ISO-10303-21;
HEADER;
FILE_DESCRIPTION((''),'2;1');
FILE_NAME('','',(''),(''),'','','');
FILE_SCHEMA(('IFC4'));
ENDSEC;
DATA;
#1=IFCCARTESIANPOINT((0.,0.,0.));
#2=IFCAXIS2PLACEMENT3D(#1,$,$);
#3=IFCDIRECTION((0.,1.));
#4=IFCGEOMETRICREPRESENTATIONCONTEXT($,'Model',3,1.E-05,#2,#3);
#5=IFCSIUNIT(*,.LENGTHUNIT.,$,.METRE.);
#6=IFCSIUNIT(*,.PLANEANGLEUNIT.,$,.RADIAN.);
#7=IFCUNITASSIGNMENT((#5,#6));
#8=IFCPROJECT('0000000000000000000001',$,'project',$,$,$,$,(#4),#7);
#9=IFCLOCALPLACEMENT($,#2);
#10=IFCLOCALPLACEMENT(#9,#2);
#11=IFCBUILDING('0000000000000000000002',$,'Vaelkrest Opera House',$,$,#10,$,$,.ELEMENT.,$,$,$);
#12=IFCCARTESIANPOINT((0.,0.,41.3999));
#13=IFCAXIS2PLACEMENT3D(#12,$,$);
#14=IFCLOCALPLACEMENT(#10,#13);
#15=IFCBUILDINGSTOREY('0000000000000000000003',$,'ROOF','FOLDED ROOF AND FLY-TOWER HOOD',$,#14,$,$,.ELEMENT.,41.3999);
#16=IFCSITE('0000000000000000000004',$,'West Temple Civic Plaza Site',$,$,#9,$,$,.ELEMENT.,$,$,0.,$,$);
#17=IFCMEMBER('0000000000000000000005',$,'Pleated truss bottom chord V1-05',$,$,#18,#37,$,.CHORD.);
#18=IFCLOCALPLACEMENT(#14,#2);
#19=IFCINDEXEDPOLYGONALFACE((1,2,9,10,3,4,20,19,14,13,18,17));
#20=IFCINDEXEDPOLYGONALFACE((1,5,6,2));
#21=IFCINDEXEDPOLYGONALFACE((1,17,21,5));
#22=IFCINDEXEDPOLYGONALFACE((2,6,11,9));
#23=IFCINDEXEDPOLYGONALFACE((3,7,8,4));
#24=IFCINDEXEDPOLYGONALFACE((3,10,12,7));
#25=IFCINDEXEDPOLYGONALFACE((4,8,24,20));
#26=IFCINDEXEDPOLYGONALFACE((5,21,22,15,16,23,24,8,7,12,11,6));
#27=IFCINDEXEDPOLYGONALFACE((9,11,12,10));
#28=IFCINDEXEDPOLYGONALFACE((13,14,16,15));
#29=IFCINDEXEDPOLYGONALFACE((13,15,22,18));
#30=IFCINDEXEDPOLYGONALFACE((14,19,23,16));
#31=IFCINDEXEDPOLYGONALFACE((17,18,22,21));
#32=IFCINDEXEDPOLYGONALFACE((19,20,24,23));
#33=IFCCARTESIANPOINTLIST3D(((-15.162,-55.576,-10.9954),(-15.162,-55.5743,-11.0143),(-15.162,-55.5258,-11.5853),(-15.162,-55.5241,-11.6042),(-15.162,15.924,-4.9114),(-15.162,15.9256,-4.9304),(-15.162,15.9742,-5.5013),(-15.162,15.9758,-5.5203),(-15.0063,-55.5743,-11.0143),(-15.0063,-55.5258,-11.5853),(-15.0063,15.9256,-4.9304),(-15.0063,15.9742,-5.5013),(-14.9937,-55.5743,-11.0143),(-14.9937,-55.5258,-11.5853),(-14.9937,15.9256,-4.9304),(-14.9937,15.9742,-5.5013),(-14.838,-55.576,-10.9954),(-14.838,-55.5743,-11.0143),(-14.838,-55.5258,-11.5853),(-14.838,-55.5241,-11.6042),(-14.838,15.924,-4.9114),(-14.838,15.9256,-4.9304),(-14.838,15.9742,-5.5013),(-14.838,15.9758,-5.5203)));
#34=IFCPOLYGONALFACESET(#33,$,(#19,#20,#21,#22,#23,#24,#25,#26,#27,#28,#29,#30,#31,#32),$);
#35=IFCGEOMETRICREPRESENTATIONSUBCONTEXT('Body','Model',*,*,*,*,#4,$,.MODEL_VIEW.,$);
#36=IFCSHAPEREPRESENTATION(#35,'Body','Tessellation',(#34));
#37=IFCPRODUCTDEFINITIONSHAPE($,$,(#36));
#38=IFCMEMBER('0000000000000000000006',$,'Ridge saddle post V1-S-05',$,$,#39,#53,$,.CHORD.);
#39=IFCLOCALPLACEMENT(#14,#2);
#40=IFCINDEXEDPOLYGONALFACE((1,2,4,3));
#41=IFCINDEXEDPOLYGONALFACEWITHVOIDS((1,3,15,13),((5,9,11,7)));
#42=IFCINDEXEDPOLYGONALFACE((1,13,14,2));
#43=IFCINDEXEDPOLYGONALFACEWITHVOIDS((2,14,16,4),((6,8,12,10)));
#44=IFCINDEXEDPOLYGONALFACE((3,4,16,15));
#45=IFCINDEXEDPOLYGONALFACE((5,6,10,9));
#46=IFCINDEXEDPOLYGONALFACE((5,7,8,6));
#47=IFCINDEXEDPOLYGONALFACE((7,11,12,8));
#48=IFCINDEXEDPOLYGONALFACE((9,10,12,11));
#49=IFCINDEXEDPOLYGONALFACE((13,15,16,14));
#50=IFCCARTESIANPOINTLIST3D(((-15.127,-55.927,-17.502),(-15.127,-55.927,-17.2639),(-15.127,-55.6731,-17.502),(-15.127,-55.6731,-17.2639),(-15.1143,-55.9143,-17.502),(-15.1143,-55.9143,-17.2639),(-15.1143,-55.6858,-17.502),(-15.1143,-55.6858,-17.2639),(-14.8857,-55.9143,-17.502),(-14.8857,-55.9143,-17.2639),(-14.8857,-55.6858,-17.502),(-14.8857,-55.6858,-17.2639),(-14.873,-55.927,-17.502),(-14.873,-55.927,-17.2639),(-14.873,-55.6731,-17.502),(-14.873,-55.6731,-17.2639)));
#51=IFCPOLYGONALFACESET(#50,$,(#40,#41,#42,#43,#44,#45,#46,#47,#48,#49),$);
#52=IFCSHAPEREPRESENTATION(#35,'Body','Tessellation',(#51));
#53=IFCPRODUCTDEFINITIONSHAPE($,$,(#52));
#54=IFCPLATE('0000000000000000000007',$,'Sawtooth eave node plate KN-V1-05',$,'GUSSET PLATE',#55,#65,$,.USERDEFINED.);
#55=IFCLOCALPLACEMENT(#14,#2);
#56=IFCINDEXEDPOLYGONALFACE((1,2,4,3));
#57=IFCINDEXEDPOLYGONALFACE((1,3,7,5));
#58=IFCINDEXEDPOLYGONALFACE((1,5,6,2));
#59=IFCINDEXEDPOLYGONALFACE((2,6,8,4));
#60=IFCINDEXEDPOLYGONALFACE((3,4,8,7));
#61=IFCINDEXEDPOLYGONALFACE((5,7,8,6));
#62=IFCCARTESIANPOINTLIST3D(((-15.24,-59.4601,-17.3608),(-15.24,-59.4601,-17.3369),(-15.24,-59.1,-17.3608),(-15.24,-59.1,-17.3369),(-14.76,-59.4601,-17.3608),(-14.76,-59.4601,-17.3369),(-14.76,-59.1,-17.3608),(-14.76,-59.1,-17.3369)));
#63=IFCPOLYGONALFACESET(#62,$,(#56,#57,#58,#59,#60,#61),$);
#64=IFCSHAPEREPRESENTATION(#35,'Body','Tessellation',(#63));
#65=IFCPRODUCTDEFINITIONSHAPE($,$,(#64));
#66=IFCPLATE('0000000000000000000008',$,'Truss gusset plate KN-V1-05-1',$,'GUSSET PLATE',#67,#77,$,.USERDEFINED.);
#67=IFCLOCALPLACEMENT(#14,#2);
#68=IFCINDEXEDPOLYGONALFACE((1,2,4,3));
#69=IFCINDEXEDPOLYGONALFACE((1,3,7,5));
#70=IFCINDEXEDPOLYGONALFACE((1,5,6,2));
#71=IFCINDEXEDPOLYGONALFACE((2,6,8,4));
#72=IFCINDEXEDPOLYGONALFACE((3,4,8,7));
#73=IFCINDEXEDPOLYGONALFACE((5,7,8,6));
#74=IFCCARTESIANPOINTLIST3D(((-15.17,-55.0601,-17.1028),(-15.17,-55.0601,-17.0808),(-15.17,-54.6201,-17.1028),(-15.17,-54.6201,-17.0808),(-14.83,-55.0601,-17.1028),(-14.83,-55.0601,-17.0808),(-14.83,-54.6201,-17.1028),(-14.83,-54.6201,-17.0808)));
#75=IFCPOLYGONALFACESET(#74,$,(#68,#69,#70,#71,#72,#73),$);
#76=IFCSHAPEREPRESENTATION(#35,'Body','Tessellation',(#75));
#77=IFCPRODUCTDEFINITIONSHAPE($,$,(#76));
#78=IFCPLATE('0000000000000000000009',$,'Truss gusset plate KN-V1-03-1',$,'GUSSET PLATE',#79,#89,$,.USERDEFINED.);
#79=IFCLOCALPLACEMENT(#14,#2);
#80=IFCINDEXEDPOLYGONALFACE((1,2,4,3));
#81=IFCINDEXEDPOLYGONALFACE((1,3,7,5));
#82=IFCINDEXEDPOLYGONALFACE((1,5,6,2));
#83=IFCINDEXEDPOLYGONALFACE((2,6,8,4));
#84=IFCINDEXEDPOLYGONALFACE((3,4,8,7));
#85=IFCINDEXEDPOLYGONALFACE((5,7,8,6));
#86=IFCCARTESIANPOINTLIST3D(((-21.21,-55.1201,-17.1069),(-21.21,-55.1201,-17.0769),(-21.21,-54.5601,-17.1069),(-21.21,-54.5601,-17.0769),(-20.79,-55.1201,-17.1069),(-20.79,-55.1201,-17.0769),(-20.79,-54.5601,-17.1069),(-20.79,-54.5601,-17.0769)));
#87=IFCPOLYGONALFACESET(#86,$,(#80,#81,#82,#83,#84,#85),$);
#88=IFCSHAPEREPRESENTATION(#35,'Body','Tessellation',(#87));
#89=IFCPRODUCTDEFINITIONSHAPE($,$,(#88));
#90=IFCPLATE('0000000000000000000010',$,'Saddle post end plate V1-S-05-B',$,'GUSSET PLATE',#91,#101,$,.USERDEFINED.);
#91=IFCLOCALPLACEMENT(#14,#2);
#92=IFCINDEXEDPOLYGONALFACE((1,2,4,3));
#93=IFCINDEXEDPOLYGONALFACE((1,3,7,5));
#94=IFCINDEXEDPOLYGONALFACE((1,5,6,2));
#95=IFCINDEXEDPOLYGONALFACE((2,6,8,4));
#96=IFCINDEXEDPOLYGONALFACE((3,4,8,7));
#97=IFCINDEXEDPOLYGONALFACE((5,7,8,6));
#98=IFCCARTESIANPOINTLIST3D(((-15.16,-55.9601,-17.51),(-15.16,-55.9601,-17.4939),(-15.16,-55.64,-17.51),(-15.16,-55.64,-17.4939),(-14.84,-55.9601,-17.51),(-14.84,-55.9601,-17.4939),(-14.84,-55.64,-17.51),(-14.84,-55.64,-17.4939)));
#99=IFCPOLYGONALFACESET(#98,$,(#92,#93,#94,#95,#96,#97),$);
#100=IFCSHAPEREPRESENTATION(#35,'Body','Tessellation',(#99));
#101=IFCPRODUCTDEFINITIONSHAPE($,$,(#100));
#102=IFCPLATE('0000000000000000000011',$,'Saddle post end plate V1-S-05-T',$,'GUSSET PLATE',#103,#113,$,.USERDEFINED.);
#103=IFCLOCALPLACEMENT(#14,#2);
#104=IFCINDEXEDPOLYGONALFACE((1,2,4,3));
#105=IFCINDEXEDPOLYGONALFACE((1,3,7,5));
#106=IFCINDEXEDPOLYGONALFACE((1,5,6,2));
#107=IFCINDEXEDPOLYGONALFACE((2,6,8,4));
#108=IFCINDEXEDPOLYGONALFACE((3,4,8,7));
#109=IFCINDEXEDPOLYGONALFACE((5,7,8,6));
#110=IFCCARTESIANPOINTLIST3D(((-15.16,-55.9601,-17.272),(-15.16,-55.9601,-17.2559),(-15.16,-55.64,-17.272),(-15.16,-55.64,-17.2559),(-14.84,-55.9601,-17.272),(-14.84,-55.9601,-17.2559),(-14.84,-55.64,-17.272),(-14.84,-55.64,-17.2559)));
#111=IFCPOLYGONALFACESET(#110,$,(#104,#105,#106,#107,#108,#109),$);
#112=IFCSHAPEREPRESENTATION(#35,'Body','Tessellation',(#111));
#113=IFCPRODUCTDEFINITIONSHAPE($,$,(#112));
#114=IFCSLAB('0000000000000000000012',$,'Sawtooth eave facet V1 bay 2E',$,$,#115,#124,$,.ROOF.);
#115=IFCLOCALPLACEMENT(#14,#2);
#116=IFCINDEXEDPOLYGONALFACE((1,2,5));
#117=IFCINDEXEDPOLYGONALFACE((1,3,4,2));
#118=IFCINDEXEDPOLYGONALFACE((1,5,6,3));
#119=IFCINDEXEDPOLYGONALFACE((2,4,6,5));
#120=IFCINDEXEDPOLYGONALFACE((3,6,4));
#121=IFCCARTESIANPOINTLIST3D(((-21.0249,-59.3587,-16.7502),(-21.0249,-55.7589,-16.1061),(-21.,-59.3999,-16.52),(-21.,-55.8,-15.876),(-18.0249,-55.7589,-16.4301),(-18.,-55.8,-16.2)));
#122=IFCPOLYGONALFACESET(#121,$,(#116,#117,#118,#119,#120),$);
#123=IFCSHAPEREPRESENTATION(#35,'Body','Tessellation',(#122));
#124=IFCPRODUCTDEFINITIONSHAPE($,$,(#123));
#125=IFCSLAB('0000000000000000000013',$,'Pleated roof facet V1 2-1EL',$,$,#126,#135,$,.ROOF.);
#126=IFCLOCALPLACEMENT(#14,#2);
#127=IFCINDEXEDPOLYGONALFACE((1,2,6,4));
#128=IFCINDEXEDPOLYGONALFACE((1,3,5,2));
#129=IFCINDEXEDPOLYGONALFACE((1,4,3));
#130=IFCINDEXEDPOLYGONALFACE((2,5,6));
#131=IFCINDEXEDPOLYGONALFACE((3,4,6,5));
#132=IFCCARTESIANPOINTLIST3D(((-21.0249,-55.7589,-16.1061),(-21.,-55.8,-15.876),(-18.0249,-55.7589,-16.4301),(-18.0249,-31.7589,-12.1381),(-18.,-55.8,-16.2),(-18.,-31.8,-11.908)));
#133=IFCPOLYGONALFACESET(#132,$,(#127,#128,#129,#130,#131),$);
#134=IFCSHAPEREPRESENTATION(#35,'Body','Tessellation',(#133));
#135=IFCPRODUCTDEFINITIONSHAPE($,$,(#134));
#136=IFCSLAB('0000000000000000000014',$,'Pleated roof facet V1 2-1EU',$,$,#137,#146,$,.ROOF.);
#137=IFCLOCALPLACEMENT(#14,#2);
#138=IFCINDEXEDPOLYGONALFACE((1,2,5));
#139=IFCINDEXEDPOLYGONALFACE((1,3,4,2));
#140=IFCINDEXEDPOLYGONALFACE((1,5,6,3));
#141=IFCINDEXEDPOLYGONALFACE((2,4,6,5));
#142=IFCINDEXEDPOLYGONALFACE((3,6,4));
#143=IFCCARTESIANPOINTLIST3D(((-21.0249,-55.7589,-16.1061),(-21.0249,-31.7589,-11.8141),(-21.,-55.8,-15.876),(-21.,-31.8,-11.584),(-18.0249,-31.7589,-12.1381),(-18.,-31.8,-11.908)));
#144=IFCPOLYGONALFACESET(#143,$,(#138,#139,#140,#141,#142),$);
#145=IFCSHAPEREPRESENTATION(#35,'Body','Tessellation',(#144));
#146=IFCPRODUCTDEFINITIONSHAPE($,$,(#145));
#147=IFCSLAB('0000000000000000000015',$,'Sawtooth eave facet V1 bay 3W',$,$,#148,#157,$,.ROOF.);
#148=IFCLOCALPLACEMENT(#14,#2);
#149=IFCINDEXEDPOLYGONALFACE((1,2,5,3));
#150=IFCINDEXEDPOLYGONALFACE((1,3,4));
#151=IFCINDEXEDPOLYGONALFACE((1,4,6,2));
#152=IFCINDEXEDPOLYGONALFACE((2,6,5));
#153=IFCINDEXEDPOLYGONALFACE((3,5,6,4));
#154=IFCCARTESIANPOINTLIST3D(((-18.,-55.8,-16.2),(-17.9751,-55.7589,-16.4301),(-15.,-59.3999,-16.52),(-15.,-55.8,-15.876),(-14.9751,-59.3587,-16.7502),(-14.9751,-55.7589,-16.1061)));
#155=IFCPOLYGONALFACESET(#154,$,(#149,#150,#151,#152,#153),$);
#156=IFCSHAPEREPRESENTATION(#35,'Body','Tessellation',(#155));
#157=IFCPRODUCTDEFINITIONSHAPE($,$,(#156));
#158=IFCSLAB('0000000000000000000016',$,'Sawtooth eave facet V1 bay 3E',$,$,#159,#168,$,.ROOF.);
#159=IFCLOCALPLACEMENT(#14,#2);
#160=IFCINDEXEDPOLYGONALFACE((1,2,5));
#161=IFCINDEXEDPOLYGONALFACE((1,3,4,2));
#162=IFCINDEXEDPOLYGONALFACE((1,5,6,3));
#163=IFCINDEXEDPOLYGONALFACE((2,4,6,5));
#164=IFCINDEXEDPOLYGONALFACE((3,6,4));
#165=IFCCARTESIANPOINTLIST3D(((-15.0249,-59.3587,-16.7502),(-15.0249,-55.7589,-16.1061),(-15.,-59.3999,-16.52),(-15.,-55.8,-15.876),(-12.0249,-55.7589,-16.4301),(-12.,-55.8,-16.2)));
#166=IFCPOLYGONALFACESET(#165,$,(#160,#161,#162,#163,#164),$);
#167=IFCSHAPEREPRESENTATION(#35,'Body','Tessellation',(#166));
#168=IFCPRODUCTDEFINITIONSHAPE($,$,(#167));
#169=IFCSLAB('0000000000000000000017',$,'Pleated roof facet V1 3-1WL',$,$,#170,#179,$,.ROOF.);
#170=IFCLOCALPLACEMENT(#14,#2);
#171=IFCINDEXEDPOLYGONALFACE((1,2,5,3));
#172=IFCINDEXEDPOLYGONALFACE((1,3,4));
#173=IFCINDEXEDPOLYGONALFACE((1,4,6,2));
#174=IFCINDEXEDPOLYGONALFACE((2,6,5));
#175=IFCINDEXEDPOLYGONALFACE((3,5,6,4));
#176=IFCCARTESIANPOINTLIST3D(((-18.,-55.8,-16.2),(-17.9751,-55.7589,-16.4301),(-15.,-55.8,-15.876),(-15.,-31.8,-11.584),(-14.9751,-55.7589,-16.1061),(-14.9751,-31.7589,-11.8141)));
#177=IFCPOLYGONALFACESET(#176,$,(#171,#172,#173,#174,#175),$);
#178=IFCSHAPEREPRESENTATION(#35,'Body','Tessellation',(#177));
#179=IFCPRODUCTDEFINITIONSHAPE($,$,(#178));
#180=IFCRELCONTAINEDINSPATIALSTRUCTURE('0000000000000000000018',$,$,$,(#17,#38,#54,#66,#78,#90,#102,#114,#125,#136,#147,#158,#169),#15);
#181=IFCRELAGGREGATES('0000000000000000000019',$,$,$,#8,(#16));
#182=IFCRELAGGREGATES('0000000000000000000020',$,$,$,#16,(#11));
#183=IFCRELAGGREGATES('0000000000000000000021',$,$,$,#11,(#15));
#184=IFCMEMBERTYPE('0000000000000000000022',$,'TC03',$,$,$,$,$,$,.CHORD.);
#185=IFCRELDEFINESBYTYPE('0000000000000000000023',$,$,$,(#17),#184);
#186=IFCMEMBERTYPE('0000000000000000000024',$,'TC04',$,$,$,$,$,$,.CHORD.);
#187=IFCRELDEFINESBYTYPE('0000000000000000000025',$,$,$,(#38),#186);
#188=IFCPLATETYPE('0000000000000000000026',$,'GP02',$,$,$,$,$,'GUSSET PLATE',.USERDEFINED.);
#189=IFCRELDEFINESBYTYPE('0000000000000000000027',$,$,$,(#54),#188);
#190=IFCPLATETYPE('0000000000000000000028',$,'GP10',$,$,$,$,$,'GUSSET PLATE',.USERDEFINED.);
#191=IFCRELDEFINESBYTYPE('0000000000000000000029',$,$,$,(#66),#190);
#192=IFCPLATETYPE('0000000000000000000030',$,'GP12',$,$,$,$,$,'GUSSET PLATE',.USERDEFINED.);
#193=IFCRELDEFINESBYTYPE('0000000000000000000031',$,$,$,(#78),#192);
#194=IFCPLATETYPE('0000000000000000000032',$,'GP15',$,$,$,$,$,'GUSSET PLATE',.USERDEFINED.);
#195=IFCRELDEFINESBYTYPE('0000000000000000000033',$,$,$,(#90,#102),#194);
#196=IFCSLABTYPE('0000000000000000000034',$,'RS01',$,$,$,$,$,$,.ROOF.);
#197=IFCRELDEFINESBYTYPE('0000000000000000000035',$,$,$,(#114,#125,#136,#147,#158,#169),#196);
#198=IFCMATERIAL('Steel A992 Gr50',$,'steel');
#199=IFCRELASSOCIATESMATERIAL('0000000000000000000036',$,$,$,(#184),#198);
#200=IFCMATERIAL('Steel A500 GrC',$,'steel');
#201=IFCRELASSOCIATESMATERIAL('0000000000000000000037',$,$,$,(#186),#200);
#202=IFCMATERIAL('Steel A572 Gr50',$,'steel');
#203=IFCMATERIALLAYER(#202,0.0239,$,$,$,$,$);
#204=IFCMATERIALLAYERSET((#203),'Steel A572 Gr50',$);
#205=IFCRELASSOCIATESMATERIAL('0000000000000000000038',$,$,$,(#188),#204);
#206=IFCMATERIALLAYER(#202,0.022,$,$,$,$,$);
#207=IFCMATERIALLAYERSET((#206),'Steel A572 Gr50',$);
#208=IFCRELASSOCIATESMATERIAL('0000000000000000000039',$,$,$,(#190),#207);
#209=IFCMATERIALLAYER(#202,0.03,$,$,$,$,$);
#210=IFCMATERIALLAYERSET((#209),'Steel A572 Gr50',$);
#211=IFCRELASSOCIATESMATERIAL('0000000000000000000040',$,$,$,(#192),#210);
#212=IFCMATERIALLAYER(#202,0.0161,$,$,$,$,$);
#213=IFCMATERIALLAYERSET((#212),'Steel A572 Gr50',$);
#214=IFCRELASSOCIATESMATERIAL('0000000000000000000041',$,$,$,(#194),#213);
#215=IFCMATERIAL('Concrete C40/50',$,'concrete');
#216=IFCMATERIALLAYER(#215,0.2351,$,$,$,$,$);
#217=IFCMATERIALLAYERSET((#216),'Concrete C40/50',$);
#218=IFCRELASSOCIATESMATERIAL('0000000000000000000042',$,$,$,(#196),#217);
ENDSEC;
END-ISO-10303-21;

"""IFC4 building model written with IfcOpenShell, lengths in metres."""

from ifc_helpers import new_model, si_unit, direction, frame, origin, origin_2d, place, context, subcontext, project, spatial, polyline, rectangle, hollow_rectangle, i_section, outline, extrude, material, layer, layer_set, material_profile, profile_set, type_object, element, save


model = new_model("IFC4")

# Units and contexts
model_context = context("Model", 3, precision=1e-05, world=origin(), true_north=direction((0.0, 1.0)))
body_context = subcontext(model_context, "Body", "Model", "MODEL_VIEW")
ifc_project = project(units=[si_unit("LENGTHUNIT", "METRE"), si_unit("PLANEANGLEUNIT", "RADIAN")], contexts=[model_context])

# Site, building, storey
site_placement = place(None, origin())
site = spatial("IfcSite", under=ifc_project, at=site_placement, Name="West Temple Civic Plaza Site", CompositionType="ELEMENT", RefElevation=0.0)
building_placement = place(site_placement, origin())
building = spatial("IfcBuilding", under=site, at=building_placement, Name="Vaelkrest Opera House", CompositionType="ELEMENT")
storey_placement = place(building_placement, frame((0.0, 0.0, 41.3999)))
storey = spatial("IfcBuildingStorey", under=building, at=storey_placement, Name="ROOF", Description="FOLDED ROOF AND FLY-TOWER HOOD", CompositionType="ELEMENT", Elevation=41.3999)

# Shared definitions
ifc_material_1 = material(Name="Steel A992 Gr50", Category="steel")

# Members
ifc_material_2 = material(Name="Steel A500 GrC", Category="steel")
ifc_material_profile_1 = material_profile(ifc_material_1, i_section(OverallWidth=0.324, OverallDepth=0.6111, WebThickness=0.0127, FlangeThickness=0.019, at=origin_2d()), Name="W24X104")
ifc_profile_set_1 = profile_set([ifc_material_profile_1], Name="Steel A992 Gr50")
member_type_1 = type_object("IfcMemberType", Name="TC03", PredefinedType="CHORD", material=ifc_profile_set_1)
for number, where, z_axis, x_axis, name in (
    (1, (-15.0, -55.55, -11.2998), (0.0, 0.996399, 0.084784), (-1.0, 0.0, 0.0), "Pleated truss bottom chord V1-05"),
):
    element("IfcMember", number, at=place(storey_placement, frame(where, z_axis=z_axis, x_axis=x_axis)), inside=storey, type_object=member_type_1, Name=name, PredefinedType="CHORD", context=body_context, shape_type="SweptSolid", body=[
        extrude(i_section(OverallWidth=0.324, OverallDepth=0.6111, WebThickness=0.0127, FlangeThickness=0.019, at=origin_2d()), origin(), (0.0, 0.0, 1.0), 71.7583),
    ])
ifc_material_profile_2 = material_profile(ifc_material_2, hollow_rectangle(XDim=0.2539, YDim=0.2539, WallThickness=0.0127, at=origin_2d()), Name="HSS254X254X12.7")
ifc_profile_set_2 = profile_set([ifc_material_profile_2], Name="Steel A500 GrC")
member_type_2 = type_object("IfcMemberType", Name="TC04", PredefinedType="CHORD", material=ifc_profile_set_2)
member_1_placement = place(storey_placement, frame((-15.0, -55.8, -17.502), z_axis=(0.0, 0.0, 1.0), x_axis=(1.0, 0.0, 0.0)))
element("IfcMember", 2, at=member_1_placement, inside=storey, type_object=member_type_2, Name="Ridge saddle post V1-S-05", PredefinedType="CHORD", context=body_context, shape_type="SweptSolid", body=[
    extrude(hollow_rectangle(XDim=0.2539, YDim=0.2539, WallThickness=0.0127, at=origin_2d()), origin(), (0.0, 0.0, 1.0), 0.238),
])

# Plates
ifc_material_3 = material(Name="Steel A572 Gr50", Category="steel")
ifc_layer_1 = layer(ifc_material_3, 0.0239)
ifc_layer_set_1 = layer_set([ifc_layer_1], Name="Steel A572 Gr50")
plate_type_1 = type_object("IfcPlateType", Name="GP02", ElementType="GUSSET PLATE", PredefinedType="USERDEFINED", material=ifc_layer_set_1)
plate_1_placement = place(storey_placement, frame((-15.0, -59.28, -17.3608), z_axis=(0.0, 0.0, 1.0), x_axis=(1.0, 0.0, 0.0)))
element("IfcPlate", 3, at=plate_1_placement, inside=storey, type_object=plate_type_1, Name="Sawtooth eave node plate KN-V1-05", ObjectType="GUSSET PLATE", PredefinedType="USERDEFINED", context=body_context, shape_type="SweptSolid", body=[
    extrude(rectangle(XDim=0.48, YDim=0.3601, at=origin_2d()), origin(), (0.0, 0.0, 1.0), 0.0239),
])
ifc_layer_2 = layer(ifc_material_3, 0.022)
ifc_layer_set_2 = layer_set([ifc_layer_2], Name="Steel A572 Gr50")
plate_type_2 = type_object("IfcPlateType", Name="GP10", ElementType="GUSSET PLATE", PredefinedType="USERDEFINED", material=ifc_layer_set_2)
plate_2_placement = place(storey_placement, frame((-15.0, -54.8401, -17.1028), z_axis=(0.0, 0.0, 1.0), x_axis=(0.0, 1.0, 0.0)))
element("IfcPlate", 4, at=plate_2_placement, inside=storey, type_object=plate_type_2, Name="Truss gusset plate KN-V1-05-1", ObjectType="GUSSET PLATE", PredefinedType="USERDEFINED", context=body_context, shape_type="SweptSolid", body=[
    extrude(rectangle(XDim=0.4399, YDim=0.3401, at=origin_2d()), origin(), (0.0, 0.0, 1.0), 0.022),
])
ifc_layer_3 = layer(ifc_material_3, 0.03)
ifc_layer_set_3 = layer_set([ifc_layer_3], Name="Steel A572 Gr50")
plate_type_3 = type_object("IfcPlateType", Name="GP12", ElementType="GUSSET PLATE", PredefinedType="USERDEFINED", material=ifc_layer_set_3)
plate_3_placement = place(storey_placement, frame((-21.0, -54.8401, -17.1069), z_axis=(0.0, 0.0, 1.0), x_axis=(0.0, 1.0, 0.0)))
element("IfcPlate", 5, at=plate_3_placement, inside=storey, type_object=plate_type_3, Name="Truss gusset plate KN-V1-03-1", ObjectType="GUSSET PLATE", PredefinedType="USERDEFINED", context=body_context, shape_type="SweptSolid", body=[
    extrude(rectangle(XDim=0.5601, YDim=0.4199, at=origin_2d()), origin(), (0.0, 0.0, 1.0), 0.03),
])
ifc_layer_4 = layer(ifc_material_3, 0.0161)
ifc_layer_set_4 = layer_set([ifc_layer_4], Name="Steel A572 Gr50")
plate_type_4 = type_object("IfcPlateType", Name="GP15", ElementType="GUSSET PLATE", PredefinedType="USERDEFINED", material=ifc_layer_set_4)
for number, where, z_axis, x_axis, name in (
    (6, (-15.0, -55.8, -17.51), (0.0, 0.0, 1.0), (1.0, 0.0, 0.0), "Saddle post end plate V1-S-05-B"),
    (7, (-15.0, -55.8, -17.272), (0.0, 0.0, 1.0), (1.0, 0.0, 0.0), "Saddle post end plate V1-S-05-T"),
):
    element("IfcPlate", number, at=place(storey_placement, frame(where, z_axis=z_axis, x_axis=x_axis)), inside=storey, type_object=plate_type_4, Name=name, ObjectType="GUSSET PLATE", PredefinedType="USERDEFINED", context=body_context, shape_type="SweptSolid", body=[
        extrude(rectangle(XDim=0.3201, YDim=0.3201, at=origin_2d()), origin(), (0.0, 0.0, 1.0), 0.0161),
    ])

# Slabs
ifc_material_4 = material(Name="Concrete C40/50", Category="concrete")
ifc_layer_5 = layer(ifc_material_4, 0.2351)
ifc_layer_set_5 = layer_set([ifc_layer_5], Name="Concrete C40/50")
slab_type = type_object("IfcSlabType", Name="RS01", PredefinedType="ROOF", material=ifc_layer_set_5)
slab_1_placement = place(storey_placement, frame((-21.0, -55.8, -15.876), z_axis=(0.105708, -0.175125, 0.978855), x_axis=(0.0, -0.98437, -0.176112)))
element("IfcSlab", 8, at=slab_1_placement, inside=storey, type_object=slab_type, Name="Sawtooth eave facet V1 bay 2E", PredefinedType="ROOF", context=body_context, shape_type="SweptSolid", body=[
    extrude(outline(polyline([(0.0, 0.0), (3.657, 0.0), (0.0571, 3.0169), (0.0, 0.0)])), origin(), (0.0, 0.0, -1.0), 0.2351),
])
slab_2_placement = place(storey_placement, frame((-21.0, -55.8, -15.876), z_axis=(0.105709, -0.175054, 0.978868), x_axis=(0.994219, 0.0, -0.107367)))
element("IfcSlab", 9, at=slab_2_placement, inside=storey, type_object=slab_type, Name="Pleated roof facet V1 2-1EL", PredefinedType="ROOF", context=body_context, shape_type="SweptSolid", body=[
    extrude(outline(polyline([(0.0, 0.0), (3.0174, 0.0), (2.5566, 24.3764), (0.0, 0.0)])), origin(), (0.0, 0.0, -1.0), 0.2351),
])
slab_3_placement = place(storey_placement, frame((-21.0, -55.8, -15.876), z_axis=(0.105709, -0.175054, 0.978868), x_axis=(0.122399, 0.979188, 0.161893)))
element("IfcSlab", 10, at=slab_3_placement, inside=storey, type_object=slab_type, Name="Pleated roof facet V1 2-1EU", PredefinedType="ROOF", context=body_context, shape_type="SweptSolid", body=[
    extrude(outline(polyline([(0.0, 0.0), (24.5101, 0.0), (24.1954, 3.001), (0.0, 0.0)])), origin(), (0.0, 0.0, -1.0), 0.2351),
])
slab_4_placement = place(storey_placement, frame((-18.0, -55.8, -16.2), z_axis=(-0.105708, -0.175125, 0.978855), x_axis=(0.638712, -0.766423, -0.068144)))
element("IfcSlab", 11, at=slab_4_placement, inside=storey, type_object=slab_type, Name="Sawtooth eave facet V1 bay 3W", PredefinedType="ROOF", context=body_context, shape_type="SweptSolid", body=[
    extrude(outline(polyline([(0.0, 0.0), (4.697, 0.0), (1.8941, 2.3489), (0.0, 0.0)])), origin(), (0.0, 0.0, -1.0), 0.2351),
])
slab_5_placement = place(storey_placement, frame((-15.0, -55.8, -15.876), z_axis=(0.105708, -0.175125, 0.978855), x_axis=(0.0, -0.98437, -0.176112)))
element("IfcSlab", 12, at=slab_5_placement, inside=storey, type_object=slab_type, Name="Sawtooth eave facet V1 bay 3E", PredefinedType="ROOF", context=body_context, shape_type="SweptSolid", body=[
    extrude(outline(polyline([(0.0, 0.0), (3.657, 0.0), (0.0571, 3.0169), (0.0, 0.0)])), origin(), (0.0, 0.0, -1.0), 0.2351),
])
slab_6_placement = place(storey_placement, frame((-18.0, -55.8, -16.2), z_axis=(-0.105709, -0.175054, 0.978868), x_axis=(0.994219, 0.0, 0.107367)))
element("IfcSlab", 13, at=slab_6_placement, inside=storey, type_object=slab_type, Name="Pleated roof facet V1 3-1WL", PredefinedType="ROOF", context=body_context, shape_type="SweptSolid", body=[
    extrude(outline(polyline([(0.0, 0.0), (3.0174, 0.0), (3.4783, 24.3764), (0.0, 0.0)])), origin(), (0.0, 0.0, -1.0), 0.2351),
])

save(model, "model.ifc")
